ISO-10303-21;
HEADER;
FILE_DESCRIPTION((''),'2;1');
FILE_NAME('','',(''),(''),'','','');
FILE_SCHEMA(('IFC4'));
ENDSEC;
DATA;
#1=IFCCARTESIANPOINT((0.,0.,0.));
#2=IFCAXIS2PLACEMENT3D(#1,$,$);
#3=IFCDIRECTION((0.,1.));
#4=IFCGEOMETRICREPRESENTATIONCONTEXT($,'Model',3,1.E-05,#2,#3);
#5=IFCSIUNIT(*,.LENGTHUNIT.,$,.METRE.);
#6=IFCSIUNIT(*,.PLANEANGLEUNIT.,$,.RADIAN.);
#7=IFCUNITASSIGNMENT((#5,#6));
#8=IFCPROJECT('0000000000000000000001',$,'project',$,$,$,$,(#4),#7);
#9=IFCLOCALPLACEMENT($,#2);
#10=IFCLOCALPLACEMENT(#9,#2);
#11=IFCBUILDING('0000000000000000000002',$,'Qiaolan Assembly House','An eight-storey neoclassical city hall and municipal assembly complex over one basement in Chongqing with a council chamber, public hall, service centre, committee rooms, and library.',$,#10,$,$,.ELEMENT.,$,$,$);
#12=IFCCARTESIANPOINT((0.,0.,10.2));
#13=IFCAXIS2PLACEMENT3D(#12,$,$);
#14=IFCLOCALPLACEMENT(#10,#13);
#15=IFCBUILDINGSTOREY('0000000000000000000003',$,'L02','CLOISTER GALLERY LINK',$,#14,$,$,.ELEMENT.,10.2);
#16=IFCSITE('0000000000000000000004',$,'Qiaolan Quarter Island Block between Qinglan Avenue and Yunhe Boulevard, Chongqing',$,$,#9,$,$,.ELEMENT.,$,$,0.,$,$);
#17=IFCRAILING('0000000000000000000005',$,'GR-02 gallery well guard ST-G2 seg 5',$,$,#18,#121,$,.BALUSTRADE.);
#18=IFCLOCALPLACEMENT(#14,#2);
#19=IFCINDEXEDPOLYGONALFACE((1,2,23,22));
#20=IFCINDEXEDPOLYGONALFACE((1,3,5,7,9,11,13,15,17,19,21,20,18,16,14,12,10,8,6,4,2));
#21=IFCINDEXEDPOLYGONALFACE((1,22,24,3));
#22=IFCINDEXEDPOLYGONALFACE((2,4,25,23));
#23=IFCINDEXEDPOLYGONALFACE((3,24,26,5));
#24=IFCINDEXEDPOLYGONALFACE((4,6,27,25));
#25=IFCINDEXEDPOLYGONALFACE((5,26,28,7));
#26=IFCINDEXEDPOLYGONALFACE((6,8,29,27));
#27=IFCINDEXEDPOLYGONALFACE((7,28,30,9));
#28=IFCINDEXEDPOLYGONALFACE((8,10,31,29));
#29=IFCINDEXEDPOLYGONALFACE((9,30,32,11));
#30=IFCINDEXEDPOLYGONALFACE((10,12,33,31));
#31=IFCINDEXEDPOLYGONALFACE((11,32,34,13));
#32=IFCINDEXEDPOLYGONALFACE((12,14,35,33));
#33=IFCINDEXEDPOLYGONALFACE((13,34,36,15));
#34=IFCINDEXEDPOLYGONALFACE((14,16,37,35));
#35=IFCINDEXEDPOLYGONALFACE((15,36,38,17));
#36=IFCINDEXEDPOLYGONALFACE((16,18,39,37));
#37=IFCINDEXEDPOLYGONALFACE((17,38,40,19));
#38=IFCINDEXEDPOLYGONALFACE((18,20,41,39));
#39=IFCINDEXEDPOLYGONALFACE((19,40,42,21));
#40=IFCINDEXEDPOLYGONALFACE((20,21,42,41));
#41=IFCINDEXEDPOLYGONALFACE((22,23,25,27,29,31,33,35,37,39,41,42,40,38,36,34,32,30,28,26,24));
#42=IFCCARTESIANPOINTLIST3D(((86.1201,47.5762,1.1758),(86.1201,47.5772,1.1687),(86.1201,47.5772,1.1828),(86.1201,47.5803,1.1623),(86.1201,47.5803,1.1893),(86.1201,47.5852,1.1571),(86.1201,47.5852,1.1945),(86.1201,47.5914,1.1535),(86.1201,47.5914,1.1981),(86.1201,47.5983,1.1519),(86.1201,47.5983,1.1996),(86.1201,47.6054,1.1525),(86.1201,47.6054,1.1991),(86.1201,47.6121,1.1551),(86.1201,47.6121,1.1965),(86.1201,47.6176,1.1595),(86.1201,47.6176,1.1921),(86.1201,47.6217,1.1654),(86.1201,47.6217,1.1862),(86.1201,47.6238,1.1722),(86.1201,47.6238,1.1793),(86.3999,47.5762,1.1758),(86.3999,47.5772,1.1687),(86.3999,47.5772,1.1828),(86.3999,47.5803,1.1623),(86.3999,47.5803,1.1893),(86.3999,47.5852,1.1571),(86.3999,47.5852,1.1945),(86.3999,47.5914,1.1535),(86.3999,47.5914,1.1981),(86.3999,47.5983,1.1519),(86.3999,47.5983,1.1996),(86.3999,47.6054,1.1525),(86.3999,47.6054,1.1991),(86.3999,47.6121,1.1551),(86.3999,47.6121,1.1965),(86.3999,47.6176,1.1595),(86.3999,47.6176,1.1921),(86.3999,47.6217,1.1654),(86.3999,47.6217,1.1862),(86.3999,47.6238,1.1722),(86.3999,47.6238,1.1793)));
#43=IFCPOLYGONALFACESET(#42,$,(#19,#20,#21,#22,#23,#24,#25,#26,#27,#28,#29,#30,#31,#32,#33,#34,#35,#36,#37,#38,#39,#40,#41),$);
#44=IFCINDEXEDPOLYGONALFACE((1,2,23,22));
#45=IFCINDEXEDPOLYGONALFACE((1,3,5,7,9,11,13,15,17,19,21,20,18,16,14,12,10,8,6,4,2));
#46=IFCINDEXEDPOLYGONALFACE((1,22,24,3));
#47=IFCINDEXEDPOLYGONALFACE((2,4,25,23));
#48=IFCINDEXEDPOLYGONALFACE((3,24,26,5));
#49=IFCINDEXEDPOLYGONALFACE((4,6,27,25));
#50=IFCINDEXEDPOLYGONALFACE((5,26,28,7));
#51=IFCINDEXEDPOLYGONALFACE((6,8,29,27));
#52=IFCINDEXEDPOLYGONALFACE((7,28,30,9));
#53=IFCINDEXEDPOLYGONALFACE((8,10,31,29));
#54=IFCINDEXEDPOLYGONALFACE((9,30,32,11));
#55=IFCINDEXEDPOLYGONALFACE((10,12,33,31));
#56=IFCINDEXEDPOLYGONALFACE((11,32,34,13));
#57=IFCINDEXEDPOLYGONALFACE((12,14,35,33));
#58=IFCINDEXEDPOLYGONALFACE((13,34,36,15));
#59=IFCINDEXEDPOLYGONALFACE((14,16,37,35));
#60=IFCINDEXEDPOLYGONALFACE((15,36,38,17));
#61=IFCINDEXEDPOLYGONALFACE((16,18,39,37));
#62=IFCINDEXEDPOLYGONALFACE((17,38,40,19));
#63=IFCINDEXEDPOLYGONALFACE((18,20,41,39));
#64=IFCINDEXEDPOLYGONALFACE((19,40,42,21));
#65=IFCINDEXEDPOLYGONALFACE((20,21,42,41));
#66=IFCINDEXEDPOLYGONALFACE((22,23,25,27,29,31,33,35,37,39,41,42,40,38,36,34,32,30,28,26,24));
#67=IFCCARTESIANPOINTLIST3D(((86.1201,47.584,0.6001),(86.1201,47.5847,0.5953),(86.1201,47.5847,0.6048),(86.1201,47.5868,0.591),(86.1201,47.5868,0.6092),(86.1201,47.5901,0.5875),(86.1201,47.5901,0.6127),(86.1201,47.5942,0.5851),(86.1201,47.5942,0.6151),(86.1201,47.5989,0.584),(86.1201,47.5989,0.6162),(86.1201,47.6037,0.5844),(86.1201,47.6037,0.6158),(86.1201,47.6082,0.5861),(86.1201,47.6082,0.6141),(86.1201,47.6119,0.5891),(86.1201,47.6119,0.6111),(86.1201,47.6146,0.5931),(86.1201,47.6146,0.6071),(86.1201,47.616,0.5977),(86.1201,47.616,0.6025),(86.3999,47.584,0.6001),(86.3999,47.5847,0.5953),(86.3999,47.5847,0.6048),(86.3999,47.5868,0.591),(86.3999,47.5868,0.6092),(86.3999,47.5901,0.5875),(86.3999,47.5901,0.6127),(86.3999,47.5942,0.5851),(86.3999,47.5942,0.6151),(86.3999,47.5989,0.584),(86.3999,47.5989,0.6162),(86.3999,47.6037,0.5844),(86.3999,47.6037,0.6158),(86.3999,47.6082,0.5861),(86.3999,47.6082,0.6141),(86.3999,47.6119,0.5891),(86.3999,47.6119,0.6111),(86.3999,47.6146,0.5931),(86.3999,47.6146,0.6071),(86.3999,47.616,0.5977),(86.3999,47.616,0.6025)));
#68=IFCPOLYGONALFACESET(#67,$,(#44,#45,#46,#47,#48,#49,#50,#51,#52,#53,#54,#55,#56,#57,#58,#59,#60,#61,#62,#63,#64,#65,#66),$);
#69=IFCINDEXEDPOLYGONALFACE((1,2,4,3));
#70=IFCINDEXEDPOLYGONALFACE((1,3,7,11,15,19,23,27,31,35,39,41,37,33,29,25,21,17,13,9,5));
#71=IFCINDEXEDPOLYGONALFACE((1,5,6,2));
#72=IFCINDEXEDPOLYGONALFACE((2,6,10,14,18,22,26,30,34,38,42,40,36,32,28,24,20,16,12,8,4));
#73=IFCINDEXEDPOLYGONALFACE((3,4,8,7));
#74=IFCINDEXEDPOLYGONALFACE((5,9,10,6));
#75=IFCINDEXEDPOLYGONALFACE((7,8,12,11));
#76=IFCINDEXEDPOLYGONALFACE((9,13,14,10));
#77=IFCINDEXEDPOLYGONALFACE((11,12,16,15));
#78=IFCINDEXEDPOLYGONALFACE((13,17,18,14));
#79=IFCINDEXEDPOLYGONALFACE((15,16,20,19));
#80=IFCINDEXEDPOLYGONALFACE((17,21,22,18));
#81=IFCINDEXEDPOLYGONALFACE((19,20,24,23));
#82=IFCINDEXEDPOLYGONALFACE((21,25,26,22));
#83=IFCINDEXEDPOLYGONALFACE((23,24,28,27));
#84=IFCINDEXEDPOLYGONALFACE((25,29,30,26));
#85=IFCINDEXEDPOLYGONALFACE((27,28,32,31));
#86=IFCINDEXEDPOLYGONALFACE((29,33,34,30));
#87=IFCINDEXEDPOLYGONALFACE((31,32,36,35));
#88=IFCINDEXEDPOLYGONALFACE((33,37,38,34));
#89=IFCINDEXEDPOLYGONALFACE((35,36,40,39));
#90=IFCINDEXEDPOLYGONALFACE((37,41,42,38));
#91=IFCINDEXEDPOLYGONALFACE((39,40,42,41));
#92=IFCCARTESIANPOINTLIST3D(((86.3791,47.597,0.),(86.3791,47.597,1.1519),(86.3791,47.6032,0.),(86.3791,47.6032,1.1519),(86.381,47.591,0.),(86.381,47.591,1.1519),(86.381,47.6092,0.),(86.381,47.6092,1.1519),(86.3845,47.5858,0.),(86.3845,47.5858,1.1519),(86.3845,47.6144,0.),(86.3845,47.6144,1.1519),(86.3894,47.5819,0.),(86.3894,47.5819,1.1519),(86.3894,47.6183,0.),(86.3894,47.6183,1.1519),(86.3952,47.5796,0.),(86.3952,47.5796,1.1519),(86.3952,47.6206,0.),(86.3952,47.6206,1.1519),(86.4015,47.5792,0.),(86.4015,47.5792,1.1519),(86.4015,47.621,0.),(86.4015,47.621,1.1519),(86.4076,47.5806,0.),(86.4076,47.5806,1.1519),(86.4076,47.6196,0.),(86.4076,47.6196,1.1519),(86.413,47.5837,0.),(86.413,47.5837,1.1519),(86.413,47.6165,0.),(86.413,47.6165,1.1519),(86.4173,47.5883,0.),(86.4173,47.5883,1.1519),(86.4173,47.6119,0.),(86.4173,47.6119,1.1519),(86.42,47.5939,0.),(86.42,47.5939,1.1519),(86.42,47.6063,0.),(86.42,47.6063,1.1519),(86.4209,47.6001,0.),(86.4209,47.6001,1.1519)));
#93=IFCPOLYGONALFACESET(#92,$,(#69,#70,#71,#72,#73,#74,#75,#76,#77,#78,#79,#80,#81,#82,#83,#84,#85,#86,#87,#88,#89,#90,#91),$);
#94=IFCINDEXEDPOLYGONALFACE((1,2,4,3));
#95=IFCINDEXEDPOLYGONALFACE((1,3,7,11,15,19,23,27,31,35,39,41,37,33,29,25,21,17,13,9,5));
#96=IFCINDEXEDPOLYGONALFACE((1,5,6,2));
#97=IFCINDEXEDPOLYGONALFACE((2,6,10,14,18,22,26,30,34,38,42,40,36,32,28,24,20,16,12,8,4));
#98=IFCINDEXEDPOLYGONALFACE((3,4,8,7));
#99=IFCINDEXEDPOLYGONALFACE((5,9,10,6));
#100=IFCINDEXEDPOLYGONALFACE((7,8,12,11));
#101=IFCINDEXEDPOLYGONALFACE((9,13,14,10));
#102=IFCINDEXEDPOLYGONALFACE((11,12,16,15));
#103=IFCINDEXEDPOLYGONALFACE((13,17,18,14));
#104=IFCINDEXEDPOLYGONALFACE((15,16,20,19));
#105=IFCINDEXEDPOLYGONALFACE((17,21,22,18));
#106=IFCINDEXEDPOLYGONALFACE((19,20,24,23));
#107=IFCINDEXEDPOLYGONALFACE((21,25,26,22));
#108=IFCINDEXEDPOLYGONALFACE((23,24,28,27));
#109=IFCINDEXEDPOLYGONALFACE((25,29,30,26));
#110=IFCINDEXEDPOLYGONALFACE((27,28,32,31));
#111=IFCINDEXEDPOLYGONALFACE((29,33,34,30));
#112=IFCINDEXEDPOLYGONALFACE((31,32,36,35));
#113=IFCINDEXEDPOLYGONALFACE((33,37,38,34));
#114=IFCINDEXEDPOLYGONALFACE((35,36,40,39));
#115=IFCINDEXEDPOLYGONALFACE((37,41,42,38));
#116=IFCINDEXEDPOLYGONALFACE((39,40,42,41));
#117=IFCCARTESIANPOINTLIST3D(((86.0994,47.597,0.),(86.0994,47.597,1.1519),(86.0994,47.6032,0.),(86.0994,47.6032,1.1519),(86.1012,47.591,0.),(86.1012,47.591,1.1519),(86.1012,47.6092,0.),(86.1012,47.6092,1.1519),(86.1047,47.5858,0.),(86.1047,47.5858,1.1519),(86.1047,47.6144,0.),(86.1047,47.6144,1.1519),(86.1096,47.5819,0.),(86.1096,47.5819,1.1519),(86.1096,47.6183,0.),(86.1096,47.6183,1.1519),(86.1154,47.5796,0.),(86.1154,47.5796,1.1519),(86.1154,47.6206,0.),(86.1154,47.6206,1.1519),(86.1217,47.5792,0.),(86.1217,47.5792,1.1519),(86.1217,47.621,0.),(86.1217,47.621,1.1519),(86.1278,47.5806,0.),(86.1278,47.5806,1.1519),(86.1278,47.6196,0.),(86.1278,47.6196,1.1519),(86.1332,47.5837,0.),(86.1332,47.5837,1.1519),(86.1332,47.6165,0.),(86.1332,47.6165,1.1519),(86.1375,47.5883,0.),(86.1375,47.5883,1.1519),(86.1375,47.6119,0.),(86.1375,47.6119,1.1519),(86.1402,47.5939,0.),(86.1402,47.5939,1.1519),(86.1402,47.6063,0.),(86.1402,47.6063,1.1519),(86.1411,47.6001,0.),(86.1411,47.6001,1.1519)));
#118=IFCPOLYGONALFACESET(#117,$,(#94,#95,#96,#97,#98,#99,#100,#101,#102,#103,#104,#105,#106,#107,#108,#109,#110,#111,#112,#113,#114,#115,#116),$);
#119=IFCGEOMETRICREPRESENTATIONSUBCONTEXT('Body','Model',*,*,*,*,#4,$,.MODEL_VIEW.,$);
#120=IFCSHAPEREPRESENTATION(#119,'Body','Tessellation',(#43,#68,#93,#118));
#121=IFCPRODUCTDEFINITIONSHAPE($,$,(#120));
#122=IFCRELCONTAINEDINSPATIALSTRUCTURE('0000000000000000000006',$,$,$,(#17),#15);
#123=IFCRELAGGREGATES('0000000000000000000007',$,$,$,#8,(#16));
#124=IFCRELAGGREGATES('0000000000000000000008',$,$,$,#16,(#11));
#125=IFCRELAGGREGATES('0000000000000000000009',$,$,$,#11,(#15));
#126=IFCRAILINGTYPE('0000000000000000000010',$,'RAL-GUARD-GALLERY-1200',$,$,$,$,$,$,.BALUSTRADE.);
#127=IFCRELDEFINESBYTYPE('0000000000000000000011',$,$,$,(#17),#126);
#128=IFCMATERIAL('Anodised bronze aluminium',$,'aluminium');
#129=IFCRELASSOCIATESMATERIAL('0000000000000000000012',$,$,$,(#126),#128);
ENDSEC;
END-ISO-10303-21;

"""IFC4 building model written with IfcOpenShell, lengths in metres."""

from ifc_helpers import new_model, si_unit, direction, frame, origin, origin_2d, place, context, subcontext, project, spatial, circle, extrude, material, type_object, element, save


model = new_model("IFC4")

# Units and contexts
model_context = context("Model", 3, precision=1e-05, world=origin(), true_north=direction((0.0, 1.0)))
body_context = subcontext(model_context, "Body", "Model", "MODEL_VIEW")
ifc_project = project(units=[si_unit("LENGTHUNIT", "METRE"), si_unit("PLANEANGLEUNIT", "RADIAN")], contexts=[model_context])

# Site, building, storey
site_placement = place(None, origin())
site = spatial("IfcSite", under=ifc_project, at=site_placement, Name="Qiaolan Quarter Island Block between Qinglan Avenue and Yunhe Boulevard, Chongqing", CompositionType="ELEMENT", RefElevation=0.0)
building_placement = place(site_placement, origin())
building = spatial("IfcBuilding", under=site, at=building_placement, Name="Qiaolan Assembly House", Description="An eight-storey neoclassical city hall and municipal assembly complex over one basement in Chongqing with a council chamber, public hall, service centre, committee rooms, and library.", CompositionType="ELEMENT")
storey_placement = place(building_placement, frame((0.0, 0.0, 10.2)))
storey = spatial("IfcBuildingStorey", under=building, at=storey_placement, Name="L02", Description="CLOISTER GALLERY LINK", CompositionType="ELEMENT", Elevation=10.2)

# Shared definitions
ifc_material_1 = material(Name="Anodised bronze aluminium", Category="aluminium")

# Railing
railing_type = type_object("IfcRailingType", Name="RAL-GUARD-GALLERY-1200", PredefinedType="BALUSTRADE", material=ifc_material_1)
railing_1_placement = place(storey_placement, frame((86.3999, 47.6001, 0.0)))
element("IfcRailing", 1, at=railing_1_placement, inside=storey, type_object=railing_type, Name="GR-02 gallery well guard ST-G2 seg 5", PredefinedType="BALUSTRADE", context=body_context, shape_type="SweptSolid", body=[
    extrude(circle(Radius=0.0239, at=origin_2d()), frame((0.0, 0.0, 1.1758), z_axis=(-1.0, 0.0, 0.0), x_axis=(0.0, -1.0, 0.0)), (0.0, 0.0, 1.0), 0.2798),
    extrude(circle(Radius=0.0161, at=origin_2d()), frame((0.0, 0.0, 0.6001), z_axis=(-1.0, 0.0, 0.0), x_axis=(0.0, -1.0, 0.0)), (0.0, 0.0, 1.0), 0.2798),
    extrude(circle(Radius=0.021, at=origin_2d()), origin(), (0.0, 0.0, 1.0), 1.1519),
    extrude(circle(Radius=0.021, at=origin_2d()), frame((-0.2798, 0.0, 0.0)), (0.0, 0.0, 1.0), 1.1519),
])

save(model, "model.ifc")
